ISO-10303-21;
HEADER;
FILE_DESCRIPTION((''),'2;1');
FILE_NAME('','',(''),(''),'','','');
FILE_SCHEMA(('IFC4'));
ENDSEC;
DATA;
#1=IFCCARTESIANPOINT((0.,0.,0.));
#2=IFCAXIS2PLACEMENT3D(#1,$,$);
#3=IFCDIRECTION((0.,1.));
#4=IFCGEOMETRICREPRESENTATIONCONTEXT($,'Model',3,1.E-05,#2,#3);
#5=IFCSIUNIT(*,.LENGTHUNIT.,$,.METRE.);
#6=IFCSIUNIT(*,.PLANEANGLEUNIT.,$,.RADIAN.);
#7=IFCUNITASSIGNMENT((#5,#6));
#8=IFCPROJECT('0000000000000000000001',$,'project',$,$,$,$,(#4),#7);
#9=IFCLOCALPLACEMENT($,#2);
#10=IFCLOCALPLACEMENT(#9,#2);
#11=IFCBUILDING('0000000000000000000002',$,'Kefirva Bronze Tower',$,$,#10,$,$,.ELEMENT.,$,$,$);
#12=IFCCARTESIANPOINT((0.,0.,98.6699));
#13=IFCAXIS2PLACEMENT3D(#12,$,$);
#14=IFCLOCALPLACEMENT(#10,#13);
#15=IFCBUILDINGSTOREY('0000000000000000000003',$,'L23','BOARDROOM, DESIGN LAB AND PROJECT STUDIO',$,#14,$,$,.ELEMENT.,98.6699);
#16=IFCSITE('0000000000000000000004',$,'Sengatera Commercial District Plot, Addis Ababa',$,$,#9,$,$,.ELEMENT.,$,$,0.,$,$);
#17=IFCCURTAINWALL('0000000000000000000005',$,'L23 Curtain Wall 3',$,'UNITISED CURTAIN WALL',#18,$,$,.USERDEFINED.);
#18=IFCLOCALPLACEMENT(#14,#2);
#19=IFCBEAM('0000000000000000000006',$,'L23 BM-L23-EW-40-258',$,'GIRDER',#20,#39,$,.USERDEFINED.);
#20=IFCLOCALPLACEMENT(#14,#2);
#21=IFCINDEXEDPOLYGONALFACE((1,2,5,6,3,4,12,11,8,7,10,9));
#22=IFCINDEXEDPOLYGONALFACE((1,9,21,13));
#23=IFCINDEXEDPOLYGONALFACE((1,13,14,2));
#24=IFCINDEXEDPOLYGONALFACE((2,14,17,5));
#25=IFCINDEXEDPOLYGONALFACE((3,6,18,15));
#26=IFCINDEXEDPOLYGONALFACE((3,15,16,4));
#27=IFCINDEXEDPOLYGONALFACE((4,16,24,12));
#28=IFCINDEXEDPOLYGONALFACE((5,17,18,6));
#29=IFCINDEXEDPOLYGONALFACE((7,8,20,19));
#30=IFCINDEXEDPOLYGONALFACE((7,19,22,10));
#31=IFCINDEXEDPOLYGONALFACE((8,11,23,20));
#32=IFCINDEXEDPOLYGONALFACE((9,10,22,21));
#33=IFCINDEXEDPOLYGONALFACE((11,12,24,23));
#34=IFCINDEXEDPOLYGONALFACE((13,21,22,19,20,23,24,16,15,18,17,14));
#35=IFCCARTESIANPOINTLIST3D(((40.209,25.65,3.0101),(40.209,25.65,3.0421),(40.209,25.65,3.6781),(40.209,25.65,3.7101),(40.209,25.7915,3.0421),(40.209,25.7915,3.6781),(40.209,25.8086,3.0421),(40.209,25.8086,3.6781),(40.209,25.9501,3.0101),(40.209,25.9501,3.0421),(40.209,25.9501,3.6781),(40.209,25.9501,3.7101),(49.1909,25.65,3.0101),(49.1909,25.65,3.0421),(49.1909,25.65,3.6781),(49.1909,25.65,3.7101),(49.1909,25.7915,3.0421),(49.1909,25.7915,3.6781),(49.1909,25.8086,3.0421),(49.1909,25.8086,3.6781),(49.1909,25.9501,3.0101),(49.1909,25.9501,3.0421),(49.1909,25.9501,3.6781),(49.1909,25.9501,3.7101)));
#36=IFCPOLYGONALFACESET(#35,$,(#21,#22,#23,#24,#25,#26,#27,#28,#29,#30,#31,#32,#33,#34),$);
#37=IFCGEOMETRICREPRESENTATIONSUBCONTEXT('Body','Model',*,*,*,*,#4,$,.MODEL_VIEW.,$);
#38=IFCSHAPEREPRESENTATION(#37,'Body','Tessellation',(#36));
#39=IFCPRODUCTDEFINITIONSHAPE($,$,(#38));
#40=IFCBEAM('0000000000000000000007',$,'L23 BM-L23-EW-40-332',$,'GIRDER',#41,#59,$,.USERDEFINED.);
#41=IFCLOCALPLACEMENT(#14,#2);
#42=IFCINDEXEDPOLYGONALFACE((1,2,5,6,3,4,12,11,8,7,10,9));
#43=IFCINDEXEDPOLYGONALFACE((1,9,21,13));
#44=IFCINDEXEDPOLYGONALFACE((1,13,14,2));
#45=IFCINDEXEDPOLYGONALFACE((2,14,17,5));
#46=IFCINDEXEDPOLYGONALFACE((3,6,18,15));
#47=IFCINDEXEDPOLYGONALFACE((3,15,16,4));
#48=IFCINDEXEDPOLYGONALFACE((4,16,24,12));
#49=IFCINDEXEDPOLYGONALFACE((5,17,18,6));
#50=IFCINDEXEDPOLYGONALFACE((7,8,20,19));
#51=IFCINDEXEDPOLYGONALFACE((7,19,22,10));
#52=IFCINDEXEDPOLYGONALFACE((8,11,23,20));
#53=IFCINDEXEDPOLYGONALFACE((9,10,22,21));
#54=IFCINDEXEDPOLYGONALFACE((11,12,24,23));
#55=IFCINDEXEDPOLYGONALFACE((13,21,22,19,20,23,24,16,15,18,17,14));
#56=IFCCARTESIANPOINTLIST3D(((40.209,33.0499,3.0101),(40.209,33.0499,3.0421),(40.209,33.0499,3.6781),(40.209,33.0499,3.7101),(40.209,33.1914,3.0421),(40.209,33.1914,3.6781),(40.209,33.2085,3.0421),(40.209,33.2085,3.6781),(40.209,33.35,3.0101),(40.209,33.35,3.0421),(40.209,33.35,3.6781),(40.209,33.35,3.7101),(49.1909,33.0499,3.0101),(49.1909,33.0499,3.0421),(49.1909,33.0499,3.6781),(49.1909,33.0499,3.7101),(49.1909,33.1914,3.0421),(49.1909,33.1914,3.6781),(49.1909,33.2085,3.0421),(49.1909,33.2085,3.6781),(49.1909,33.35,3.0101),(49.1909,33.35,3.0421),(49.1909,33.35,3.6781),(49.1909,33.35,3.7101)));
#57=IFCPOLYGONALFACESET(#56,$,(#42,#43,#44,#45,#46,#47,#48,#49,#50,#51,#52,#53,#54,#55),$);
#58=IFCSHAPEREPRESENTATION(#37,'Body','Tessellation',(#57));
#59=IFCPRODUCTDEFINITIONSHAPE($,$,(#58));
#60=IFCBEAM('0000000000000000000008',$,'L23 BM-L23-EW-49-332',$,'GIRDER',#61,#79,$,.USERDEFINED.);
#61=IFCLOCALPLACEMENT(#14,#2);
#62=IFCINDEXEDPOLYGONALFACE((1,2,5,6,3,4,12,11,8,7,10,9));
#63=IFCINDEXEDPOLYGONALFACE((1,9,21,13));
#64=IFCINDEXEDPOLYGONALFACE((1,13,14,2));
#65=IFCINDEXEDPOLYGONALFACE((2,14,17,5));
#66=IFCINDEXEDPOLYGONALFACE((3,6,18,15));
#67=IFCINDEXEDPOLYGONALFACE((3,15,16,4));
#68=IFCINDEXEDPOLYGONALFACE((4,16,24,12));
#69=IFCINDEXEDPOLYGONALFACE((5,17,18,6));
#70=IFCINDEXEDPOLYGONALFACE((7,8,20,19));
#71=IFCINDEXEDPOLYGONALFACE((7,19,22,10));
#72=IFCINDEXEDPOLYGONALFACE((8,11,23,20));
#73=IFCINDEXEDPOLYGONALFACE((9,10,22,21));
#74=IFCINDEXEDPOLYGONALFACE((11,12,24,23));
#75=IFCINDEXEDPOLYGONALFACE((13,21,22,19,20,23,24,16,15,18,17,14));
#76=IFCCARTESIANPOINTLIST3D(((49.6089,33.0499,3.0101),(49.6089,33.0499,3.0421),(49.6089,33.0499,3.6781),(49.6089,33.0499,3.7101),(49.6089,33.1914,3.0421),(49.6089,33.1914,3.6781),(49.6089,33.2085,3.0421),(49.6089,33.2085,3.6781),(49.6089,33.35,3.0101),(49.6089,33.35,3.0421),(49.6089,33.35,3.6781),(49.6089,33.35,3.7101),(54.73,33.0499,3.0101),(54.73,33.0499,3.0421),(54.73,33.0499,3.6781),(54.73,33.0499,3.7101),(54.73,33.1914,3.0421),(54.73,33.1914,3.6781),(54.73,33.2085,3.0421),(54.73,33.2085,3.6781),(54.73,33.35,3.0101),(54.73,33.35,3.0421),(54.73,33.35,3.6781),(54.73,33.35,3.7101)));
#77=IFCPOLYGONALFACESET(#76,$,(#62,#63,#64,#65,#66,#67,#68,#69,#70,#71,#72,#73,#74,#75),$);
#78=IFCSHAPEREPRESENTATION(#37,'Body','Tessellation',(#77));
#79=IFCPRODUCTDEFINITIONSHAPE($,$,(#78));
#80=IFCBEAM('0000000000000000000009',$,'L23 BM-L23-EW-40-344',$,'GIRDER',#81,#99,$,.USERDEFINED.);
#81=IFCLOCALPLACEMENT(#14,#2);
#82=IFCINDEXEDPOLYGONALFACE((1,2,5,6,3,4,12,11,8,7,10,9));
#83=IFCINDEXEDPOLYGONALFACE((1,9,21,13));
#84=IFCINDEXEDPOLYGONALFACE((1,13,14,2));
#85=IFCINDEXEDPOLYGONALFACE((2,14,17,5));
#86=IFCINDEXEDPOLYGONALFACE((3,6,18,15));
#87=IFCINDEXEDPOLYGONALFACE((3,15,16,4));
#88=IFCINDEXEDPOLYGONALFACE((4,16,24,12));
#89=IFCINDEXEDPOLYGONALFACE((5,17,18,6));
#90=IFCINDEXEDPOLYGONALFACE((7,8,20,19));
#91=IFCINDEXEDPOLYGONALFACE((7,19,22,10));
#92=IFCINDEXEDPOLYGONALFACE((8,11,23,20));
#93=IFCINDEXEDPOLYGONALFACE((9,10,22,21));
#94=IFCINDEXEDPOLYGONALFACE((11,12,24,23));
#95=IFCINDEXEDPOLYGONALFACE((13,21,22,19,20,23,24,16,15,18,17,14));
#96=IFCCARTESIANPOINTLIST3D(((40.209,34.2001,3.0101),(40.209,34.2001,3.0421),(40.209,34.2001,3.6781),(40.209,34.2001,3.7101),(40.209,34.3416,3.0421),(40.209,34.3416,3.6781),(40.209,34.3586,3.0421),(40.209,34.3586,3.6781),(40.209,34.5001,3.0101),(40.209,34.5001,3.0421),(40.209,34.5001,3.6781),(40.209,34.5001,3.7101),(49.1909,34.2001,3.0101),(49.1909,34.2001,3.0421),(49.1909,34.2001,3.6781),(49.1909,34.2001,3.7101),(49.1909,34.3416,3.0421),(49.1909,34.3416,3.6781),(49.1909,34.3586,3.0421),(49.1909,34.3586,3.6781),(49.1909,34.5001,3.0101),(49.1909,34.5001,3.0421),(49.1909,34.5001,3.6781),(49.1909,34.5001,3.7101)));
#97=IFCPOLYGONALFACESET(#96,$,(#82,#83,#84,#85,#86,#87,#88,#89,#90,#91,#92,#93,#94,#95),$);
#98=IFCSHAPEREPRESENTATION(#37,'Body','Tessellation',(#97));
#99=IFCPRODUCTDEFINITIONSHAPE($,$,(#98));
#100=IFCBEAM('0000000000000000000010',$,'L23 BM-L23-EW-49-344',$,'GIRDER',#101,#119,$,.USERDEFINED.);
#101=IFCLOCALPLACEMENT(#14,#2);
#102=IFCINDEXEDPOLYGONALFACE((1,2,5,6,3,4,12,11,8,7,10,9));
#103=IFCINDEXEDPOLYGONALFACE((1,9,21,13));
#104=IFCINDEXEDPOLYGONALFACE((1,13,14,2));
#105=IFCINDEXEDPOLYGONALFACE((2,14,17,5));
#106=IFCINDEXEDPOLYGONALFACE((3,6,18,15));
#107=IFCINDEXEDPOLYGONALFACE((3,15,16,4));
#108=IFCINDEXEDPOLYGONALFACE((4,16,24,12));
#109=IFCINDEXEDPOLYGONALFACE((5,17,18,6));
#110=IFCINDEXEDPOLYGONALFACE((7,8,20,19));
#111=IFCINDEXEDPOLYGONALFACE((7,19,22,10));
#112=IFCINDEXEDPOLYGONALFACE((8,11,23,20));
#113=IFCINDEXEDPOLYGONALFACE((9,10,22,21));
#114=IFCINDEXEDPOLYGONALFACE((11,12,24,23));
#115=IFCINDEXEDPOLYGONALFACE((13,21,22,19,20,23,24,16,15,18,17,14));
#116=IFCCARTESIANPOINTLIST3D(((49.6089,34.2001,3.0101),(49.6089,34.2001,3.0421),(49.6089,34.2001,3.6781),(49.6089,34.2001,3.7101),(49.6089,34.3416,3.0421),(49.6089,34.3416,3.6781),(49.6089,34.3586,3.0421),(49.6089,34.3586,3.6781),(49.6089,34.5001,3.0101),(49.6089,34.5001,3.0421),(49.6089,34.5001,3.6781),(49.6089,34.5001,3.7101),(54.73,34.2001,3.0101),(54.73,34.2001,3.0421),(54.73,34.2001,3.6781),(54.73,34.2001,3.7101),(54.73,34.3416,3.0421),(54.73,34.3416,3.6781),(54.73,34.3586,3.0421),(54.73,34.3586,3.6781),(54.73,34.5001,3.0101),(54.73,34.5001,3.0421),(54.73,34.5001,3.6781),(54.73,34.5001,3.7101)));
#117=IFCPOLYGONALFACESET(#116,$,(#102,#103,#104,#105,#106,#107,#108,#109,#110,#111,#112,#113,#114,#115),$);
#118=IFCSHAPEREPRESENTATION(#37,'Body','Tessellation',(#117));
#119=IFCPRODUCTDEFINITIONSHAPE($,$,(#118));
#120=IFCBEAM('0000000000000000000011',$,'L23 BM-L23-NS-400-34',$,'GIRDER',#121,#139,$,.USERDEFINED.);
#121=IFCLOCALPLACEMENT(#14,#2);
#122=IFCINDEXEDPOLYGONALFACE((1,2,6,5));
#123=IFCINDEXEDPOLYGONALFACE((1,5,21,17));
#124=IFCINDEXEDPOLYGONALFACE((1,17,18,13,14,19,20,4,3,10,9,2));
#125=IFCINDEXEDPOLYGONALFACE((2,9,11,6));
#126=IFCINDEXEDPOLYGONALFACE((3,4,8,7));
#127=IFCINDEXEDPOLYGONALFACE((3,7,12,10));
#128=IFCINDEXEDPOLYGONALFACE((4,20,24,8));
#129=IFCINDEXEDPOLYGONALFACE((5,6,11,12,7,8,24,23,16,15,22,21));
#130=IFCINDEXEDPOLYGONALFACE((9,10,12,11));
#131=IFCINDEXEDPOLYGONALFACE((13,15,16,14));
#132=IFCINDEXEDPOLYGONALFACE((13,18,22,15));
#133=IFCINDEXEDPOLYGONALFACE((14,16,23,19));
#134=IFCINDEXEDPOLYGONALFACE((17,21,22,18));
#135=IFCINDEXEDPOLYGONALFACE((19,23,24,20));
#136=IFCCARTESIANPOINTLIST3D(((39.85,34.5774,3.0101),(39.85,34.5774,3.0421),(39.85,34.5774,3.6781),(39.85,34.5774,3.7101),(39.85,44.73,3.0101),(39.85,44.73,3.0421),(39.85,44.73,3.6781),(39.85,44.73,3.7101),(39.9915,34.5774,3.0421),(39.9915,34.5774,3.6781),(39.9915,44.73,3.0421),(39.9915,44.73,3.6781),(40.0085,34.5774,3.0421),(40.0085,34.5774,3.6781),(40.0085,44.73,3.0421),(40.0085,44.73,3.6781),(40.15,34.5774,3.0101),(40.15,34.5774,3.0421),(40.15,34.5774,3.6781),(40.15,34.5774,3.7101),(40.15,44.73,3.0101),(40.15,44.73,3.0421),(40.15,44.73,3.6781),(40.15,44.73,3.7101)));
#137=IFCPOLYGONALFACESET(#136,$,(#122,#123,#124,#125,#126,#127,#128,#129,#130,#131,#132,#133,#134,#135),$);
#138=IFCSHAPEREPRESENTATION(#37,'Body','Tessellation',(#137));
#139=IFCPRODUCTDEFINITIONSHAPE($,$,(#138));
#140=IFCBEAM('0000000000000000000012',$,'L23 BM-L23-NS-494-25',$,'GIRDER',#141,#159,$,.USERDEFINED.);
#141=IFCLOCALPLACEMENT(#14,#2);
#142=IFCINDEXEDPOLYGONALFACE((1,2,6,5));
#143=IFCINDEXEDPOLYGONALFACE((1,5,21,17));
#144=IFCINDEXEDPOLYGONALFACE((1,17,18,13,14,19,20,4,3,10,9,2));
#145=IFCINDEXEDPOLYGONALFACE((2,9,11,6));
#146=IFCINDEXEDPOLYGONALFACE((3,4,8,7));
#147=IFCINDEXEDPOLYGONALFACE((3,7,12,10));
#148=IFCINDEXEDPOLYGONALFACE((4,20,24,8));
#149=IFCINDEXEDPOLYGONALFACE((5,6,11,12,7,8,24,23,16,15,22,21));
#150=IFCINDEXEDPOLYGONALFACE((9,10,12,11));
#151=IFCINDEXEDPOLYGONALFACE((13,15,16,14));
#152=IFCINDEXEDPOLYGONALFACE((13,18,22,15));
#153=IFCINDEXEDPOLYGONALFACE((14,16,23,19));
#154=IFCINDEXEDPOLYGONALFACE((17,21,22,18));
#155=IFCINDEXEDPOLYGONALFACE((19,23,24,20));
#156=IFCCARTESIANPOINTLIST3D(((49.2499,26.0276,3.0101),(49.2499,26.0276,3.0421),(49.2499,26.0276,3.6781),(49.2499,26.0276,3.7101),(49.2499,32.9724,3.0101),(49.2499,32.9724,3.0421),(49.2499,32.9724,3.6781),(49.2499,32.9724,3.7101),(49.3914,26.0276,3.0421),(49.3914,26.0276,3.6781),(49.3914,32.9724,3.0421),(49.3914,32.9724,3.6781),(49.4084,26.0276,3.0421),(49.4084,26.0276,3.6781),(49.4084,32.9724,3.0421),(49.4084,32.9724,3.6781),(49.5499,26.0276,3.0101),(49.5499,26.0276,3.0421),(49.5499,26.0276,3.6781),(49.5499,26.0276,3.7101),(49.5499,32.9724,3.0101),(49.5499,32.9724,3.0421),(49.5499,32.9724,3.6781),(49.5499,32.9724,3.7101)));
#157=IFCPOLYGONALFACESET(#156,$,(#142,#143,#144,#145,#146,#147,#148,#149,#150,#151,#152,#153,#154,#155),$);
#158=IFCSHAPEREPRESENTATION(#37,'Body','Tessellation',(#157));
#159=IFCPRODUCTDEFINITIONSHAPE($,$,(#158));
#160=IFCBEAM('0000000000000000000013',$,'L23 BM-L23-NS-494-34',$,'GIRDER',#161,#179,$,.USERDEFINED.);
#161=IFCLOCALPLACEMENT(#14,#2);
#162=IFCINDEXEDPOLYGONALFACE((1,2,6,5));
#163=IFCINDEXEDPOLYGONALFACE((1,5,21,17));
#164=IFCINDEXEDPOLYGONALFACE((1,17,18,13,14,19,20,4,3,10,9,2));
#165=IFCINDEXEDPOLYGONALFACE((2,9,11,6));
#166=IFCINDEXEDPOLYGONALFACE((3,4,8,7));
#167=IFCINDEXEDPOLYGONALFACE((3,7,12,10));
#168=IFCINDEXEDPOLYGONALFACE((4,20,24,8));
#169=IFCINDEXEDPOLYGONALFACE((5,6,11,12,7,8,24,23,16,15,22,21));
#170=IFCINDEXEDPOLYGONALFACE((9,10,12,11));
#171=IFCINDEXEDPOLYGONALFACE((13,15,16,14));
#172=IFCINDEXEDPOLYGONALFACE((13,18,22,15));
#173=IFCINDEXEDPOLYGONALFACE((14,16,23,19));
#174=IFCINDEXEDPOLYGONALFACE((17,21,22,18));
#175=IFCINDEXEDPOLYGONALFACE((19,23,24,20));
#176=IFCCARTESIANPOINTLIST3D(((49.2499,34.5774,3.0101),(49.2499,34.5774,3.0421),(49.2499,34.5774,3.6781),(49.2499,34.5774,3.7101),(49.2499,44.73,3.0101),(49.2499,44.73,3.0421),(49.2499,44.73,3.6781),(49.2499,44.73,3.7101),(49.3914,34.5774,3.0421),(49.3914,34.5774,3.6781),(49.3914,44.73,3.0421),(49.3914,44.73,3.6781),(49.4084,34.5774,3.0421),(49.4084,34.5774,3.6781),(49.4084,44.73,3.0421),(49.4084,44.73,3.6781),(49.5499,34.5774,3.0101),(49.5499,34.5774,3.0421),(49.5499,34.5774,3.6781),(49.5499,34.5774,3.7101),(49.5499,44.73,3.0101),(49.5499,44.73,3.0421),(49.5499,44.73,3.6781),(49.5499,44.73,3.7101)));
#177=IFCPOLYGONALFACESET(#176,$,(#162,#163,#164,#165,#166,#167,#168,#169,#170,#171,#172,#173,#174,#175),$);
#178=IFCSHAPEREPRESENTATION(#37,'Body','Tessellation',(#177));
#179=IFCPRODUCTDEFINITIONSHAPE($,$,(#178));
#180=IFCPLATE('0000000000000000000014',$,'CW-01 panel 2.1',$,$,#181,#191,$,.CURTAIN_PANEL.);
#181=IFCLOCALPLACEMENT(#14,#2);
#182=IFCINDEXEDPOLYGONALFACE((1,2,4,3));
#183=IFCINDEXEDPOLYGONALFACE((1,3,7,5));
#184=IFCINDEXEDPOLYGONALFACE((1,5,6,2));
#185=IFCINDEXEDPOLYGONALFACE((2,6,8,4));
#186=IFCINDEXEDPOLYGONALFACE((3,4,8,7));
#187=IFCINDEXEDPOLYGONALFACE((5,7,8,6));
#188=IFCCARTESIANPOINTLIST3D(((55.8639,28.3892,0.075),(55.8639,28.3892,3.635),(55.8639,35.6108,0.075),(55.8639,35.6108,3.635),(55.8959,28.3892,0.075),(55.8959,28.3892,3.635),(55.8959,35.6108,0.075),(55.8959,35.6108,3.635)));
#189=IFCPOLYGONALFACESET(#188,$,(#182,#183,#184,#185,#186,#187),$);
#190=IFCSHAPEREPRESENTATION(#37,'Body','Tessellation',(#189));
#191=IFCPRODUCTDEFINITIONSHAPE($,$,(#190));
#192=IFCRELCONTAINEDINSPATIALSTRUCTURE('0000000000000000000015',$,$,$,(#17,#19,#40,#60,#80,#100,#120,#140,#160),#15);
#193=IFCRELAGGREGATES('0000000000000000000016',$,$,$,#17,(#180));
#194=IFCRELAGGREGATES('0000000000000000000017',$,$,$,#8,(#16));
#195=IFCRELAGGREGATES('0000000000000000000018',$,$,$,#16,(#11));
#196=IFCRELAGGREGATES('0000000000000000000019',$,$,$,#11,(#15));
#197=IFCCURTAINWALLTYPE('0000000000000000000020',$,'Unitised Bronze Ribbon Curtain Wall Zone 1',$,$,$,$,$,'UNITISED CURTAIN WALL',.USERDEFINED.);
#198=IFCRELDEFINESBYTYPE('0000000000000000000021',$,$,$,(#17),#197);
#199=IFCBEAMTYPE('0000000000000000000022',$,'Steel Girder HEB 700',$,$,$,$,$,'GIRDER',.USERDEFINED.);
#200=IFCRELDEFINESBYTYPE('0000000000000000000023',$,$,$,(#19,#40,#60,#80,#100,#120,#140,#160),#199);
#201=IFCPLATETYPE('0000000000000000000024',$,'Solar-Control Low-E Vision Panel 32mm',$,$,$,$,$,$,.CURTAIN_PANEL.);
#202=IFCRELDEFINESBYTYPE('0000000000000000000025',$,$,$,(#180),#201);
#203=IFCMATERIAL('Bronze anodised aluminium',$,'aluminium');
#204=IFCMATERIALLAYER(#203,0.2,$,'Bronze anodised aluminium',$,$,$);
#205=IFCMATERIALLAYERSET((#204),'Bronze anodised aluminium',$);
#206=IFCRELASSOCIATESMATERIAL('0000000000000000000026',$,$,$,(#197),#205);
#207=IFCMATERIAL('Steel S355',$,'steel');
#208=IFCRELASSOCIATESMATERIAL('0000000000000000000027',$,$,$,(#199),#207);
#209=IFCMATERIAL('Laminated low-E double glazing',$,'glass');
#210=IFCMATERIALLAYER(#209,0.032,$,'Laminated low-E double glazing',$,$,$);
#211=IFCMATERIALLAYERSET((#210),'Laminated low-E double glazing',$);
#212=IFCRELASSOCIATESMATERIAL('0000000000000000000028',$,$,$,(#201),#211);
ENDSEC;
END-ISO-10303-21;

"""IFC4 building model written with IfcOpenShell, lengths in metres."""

from ifc_helpers import new_model, si_unit, direction, frame, origin, origin_2d, place, context, subcontext, project, spatial, rectangle, i_section, extrude, material, layer, layer_set, material_profile, profile_set, type_object, element, aggregate, save


model = new_model("IFC4")

# Units and contexts
model_context = context("Model", 3, precision=1e-05, world=origin(), true_north=direction((0.0, 1.0)))
body_context = subcontext(model_context, "Body", "Model", "MODEL_VIEW")
ifc_project = project(units=[si_unit("LENGTHUNIT", "METRE"), si_unit("PLANEANGLEUNIT", "RADIAN")], contexts=[model_context])

# Site, building, storey
site_placement = place(None, origin())
site = spatial("IfcSite", under=ifc_project, at=site_placement, Name="Sengatera Commercial District Plot, Addis Ababa", CompositionType="ELEMENT", RefElevation=0.0)
building_placement = place(site_placement, origin())
building = spatial("IfcBuilding", under=site, at=building_placement, Name="Kefirva Bronze Tower", CompositionType="ELEMENT")
storey_placement = place(building_placement, frame((0.0, 0.0, 98.6699)))
storey = spatial("IfcBuildingStorey", under=building, at=storey_placement, Name="L23", Description="BOARDROOM, DESIGN LAB AND PROJECT STUDIO", CompositionType="ELEMENT", Elevation=98.6699)

# Curtain wall
ifc_material_1 = material(Name="Bronze anodised aluminium", Category="aluminium")
ifc_layer_1 = layer(ifc_material_1, 0.2, Name="Bronze anodised aluminium")
ifc_layer_set_1 = layer_set([ifc_layer_1], Name="Bronze anodised aluminium")
curtain_wall_type = type_object("IfcCurtainWallType", Name="Unitised Bronze Ribbon Curtain Wall Zone 1", ElementType="UNITISED CURTAIN WALL", PredefinedType="USERDEFINED", material=ifc_layer_set_1)
curtain_wall_placement = place(storey_placement, origin())
curtain_wall = element("IfcCurtainWall", 1, at=curtain_wall_placement, inside=storey, type_object=curtain_wall_type, Name="L23 Curtain Wall 3", ObjectType="UNITISED CURTAIN WALL", PredefinedType="USERDEFINED")

# Beams
ifc_material_2 = material(Name="Steel S355", Category="steel")
ifc_material_profile_1 = material_profile(ifc_material_2, i_section(OverallWidth=0.3, OverallDepth=0.7, WebThickness=0.0171, FlangeThickness=0.032, at=origin_2d()), Name="HEB 700")
ifc_profile_set_1 = profile_set([ifc_material_profile_1], Name="Steel S355")
beam_type_1 = type_object("IfcBeamType", Name="Steel Girder HEB 700", ElementType="GIRDER", PredefinedType="USERDEFINED", material=ifc_profile_set_1)
for number, where, z_axis, x_axis, name in (
    (2, (40.209, 25.8, 3.3601), (1.0, 0.0, 0.0), (0.0, 1.0, 0.0), "L23 BM-L23-EW-40-258"),
    (3, (40.209, 33.2, 3.3601), (1.0, 0.0, 0.0), (0.0, 1.0, 0.0), "L23 BM-L23-EW-40-332"),
):
    element("IfcBeam", number, at=place(storey_placement, frame(where, z_axis=z_axis, x_axis=x_axis)), inside=storey, type_object=beam_type_1, Name=name, ObjectType="GIRDER", PredefinedType="USERDEFINED", context=body_context, shape_type="SweptSolid", body=[
        extrude(i_section(OverallWidth=0.3, OverallDepth=0.7, WebThickness=0.0171, FlangeThickness=0.032, at=origin_2d()), origin(), (0.0, 0.0, 1.0), 8.9819),
    ])
beam_1_placement = place(storey_placement, frame((49.6089, 33.2, 3.3601), z_axis=(1.0, 0.0, 0.0), x_axis=(0.0, 1.0, 0.0)))
element("IfcBeam", 4, at=beam_1_placement, inside=storey, type_object=beam_type_1, Name="L23 BM-L23-EW-49-332", ObjectType="GIRDER", PredefinedType="USERDEFINED", context=body_context, shape_type="SweptSolid", body=[
    extrude(i_section(OverallWidth=0.3, OverallDepth=0.7, WebThickness=0.0171, FlangeThickness=0.032, at=origin_2d()), origin(), (0.0, 0.0, 1.0), 5.1211),
])
beam_2_placement = place(storey_placement, frame((40.209, 34.3501, 3.3601), z_axis=(1.0, 0.0, 0.0), x_axis=(0.0, 1.0, 0.0)))
element("IfcBeam", 5, at=beam_2_placement, inside=storey, type_object=beam_type_1, Name="L23 BM-L23-EW-40-344", ObjectType="GIRDER", PredefinedType="USERDEFINED", context=body_context, shape_type="SweptSolid", body=[
    extrude(i_section(OverallWidth=0.3, OverallDepth=0.7, WebThickness=0.0171, FlangeThickness=0.032, at=origin_2d()), origin(), (0.0, 0.0, 1.0), 8.9819),
])
beam_3_placement = place(storey_placement, frame((49.6089, 34.3501, 3.3601), z_axis=(1.0, 0.0, 0.0), x_axis=(0.0, 1.0, 0.0)))
element("IfcBeam", 6, at=beam_3_placement, inside=storey, type_object=beam_type_1, Name="L23 BM-L23-EW-49-344", ObjectType="GIRDER", PredefinedType="USERDEFINED", context=body_context, shape_type="SweptSolid", body=[
    extrude(i_section(OverallWidth=0.3, OverallDepth=0.7, WebThickness=0.0171, FlangeThickness=0.032, at=origin_2d()), origin(), (0.0, 0.0, 1.0), 5.1211),
])
beam_4_placement = place(storey_placement, frame((40.0, 34.5774, 3.3601), z_axis=(0.0, 1.0, 0.0), x_axis=(-1.0, 0.0, 0.0)))
element("IfcBeam", 7, at=beam_4_placement, inside=storey, type_object=beam_type_1, Name="L23 BM-L23-NS-400-34", ObjectType="GIRDER", PredefinedType="USERDEFINED", context=body_context, shape_type="SweptSolid", body=[
    extrude(i_section(OverallWidth=0.3, OverallDepth=0.7, WebThickness=0.0171, FlangeThickness=0.032, at=origin_2d()), origin(), (0.0, 0.0, 1.0), 10.1526),
])
beam_5_placement = place(storey_placement, frame((49.3999, 26.0276, 3.3601), z_axis=(0.0, 1.0, 0.0), x_axis=(-1.0, 0.0, 0.0)))
element("IfcBeam", 8, at=beam_5_placement, inside=storey, type_object=beam_type_1, Name="L23 BM-L23-NS-494-25", ObjectType="GIRDER", PredefinedType="USERDEFINED", context=body_context, shape_type="SweptSolid", body=[
    extrude(i_section(OverallWidth=0.3, OverallDepth=0.7, WebThickness=0.0171, FlangeThickness=0.032, at=origin_2d()), origin(), (0.0, 0.0, 1.0), 6.9448),
])
beam_6_placement = place(storey_placement, frame((49.3999, 34.5774, 3.3601), z_axis=(0.0, 1.0, 0.0), x_axis=(-1.0, 0.0, 0.0)))
element("IfcBeam", 9, at=beam_6_placement, inside=storey, type_object=beam_type_1, Name="L23 BM-L23-NS-494-34", ObjectType="GIRDER", PredefinedType="USERDEFINED", context=body_context, shape_type="SweptSolid", body=[
    extrude(i_section(OverallWidth=0.3, OverallDepth=0.7, WebThickness=0.0171, FlangeThickness=0.032, at=origin_2d()), origin(), (0.0, 0.0, 1.0), 10.1526),
])

# Plate
ifc_material_3 = material(Name="Laminated low-E double glazing", Category="glass")
ifc_layer_2 = layer(ifc_material_3, 0.032, Name="Laminated low-E double glazing")
ifc_layer_set_2 = layer_set([ifc_layer_2], Name="Laminated low-E double glazing")
plate_type = type_object("IfcPlateType", Name="Solar-Control Low-E Vision Panel 32mm", PredefinedType="CURTAIN_PANEL", material=ifc_layer_set_2)
plate_placement = place(storey_placement, frame((55.8799, 32.0, 0.075), z_axis=(0.0, 0.0, 1.0), x_axis=(0.0, 1.0, 0.0)))
plate = element("IfcPlate", 10, at=plate_placement, type_object=plate_type, Name="CW-01 panel 2.1", PredefinedType="CURTAIN_PANEL", context=body_context, shape_type="SweptSolid", body=[
    extrude(rectangle(XDim=7.2217, YDim=0.032, at=origin_2d()), origin(), (0.0, 0.0, 1.0), 3.5601),
])
aggregate(curtain_wall, [plate])

save(model, "model.ifc")
